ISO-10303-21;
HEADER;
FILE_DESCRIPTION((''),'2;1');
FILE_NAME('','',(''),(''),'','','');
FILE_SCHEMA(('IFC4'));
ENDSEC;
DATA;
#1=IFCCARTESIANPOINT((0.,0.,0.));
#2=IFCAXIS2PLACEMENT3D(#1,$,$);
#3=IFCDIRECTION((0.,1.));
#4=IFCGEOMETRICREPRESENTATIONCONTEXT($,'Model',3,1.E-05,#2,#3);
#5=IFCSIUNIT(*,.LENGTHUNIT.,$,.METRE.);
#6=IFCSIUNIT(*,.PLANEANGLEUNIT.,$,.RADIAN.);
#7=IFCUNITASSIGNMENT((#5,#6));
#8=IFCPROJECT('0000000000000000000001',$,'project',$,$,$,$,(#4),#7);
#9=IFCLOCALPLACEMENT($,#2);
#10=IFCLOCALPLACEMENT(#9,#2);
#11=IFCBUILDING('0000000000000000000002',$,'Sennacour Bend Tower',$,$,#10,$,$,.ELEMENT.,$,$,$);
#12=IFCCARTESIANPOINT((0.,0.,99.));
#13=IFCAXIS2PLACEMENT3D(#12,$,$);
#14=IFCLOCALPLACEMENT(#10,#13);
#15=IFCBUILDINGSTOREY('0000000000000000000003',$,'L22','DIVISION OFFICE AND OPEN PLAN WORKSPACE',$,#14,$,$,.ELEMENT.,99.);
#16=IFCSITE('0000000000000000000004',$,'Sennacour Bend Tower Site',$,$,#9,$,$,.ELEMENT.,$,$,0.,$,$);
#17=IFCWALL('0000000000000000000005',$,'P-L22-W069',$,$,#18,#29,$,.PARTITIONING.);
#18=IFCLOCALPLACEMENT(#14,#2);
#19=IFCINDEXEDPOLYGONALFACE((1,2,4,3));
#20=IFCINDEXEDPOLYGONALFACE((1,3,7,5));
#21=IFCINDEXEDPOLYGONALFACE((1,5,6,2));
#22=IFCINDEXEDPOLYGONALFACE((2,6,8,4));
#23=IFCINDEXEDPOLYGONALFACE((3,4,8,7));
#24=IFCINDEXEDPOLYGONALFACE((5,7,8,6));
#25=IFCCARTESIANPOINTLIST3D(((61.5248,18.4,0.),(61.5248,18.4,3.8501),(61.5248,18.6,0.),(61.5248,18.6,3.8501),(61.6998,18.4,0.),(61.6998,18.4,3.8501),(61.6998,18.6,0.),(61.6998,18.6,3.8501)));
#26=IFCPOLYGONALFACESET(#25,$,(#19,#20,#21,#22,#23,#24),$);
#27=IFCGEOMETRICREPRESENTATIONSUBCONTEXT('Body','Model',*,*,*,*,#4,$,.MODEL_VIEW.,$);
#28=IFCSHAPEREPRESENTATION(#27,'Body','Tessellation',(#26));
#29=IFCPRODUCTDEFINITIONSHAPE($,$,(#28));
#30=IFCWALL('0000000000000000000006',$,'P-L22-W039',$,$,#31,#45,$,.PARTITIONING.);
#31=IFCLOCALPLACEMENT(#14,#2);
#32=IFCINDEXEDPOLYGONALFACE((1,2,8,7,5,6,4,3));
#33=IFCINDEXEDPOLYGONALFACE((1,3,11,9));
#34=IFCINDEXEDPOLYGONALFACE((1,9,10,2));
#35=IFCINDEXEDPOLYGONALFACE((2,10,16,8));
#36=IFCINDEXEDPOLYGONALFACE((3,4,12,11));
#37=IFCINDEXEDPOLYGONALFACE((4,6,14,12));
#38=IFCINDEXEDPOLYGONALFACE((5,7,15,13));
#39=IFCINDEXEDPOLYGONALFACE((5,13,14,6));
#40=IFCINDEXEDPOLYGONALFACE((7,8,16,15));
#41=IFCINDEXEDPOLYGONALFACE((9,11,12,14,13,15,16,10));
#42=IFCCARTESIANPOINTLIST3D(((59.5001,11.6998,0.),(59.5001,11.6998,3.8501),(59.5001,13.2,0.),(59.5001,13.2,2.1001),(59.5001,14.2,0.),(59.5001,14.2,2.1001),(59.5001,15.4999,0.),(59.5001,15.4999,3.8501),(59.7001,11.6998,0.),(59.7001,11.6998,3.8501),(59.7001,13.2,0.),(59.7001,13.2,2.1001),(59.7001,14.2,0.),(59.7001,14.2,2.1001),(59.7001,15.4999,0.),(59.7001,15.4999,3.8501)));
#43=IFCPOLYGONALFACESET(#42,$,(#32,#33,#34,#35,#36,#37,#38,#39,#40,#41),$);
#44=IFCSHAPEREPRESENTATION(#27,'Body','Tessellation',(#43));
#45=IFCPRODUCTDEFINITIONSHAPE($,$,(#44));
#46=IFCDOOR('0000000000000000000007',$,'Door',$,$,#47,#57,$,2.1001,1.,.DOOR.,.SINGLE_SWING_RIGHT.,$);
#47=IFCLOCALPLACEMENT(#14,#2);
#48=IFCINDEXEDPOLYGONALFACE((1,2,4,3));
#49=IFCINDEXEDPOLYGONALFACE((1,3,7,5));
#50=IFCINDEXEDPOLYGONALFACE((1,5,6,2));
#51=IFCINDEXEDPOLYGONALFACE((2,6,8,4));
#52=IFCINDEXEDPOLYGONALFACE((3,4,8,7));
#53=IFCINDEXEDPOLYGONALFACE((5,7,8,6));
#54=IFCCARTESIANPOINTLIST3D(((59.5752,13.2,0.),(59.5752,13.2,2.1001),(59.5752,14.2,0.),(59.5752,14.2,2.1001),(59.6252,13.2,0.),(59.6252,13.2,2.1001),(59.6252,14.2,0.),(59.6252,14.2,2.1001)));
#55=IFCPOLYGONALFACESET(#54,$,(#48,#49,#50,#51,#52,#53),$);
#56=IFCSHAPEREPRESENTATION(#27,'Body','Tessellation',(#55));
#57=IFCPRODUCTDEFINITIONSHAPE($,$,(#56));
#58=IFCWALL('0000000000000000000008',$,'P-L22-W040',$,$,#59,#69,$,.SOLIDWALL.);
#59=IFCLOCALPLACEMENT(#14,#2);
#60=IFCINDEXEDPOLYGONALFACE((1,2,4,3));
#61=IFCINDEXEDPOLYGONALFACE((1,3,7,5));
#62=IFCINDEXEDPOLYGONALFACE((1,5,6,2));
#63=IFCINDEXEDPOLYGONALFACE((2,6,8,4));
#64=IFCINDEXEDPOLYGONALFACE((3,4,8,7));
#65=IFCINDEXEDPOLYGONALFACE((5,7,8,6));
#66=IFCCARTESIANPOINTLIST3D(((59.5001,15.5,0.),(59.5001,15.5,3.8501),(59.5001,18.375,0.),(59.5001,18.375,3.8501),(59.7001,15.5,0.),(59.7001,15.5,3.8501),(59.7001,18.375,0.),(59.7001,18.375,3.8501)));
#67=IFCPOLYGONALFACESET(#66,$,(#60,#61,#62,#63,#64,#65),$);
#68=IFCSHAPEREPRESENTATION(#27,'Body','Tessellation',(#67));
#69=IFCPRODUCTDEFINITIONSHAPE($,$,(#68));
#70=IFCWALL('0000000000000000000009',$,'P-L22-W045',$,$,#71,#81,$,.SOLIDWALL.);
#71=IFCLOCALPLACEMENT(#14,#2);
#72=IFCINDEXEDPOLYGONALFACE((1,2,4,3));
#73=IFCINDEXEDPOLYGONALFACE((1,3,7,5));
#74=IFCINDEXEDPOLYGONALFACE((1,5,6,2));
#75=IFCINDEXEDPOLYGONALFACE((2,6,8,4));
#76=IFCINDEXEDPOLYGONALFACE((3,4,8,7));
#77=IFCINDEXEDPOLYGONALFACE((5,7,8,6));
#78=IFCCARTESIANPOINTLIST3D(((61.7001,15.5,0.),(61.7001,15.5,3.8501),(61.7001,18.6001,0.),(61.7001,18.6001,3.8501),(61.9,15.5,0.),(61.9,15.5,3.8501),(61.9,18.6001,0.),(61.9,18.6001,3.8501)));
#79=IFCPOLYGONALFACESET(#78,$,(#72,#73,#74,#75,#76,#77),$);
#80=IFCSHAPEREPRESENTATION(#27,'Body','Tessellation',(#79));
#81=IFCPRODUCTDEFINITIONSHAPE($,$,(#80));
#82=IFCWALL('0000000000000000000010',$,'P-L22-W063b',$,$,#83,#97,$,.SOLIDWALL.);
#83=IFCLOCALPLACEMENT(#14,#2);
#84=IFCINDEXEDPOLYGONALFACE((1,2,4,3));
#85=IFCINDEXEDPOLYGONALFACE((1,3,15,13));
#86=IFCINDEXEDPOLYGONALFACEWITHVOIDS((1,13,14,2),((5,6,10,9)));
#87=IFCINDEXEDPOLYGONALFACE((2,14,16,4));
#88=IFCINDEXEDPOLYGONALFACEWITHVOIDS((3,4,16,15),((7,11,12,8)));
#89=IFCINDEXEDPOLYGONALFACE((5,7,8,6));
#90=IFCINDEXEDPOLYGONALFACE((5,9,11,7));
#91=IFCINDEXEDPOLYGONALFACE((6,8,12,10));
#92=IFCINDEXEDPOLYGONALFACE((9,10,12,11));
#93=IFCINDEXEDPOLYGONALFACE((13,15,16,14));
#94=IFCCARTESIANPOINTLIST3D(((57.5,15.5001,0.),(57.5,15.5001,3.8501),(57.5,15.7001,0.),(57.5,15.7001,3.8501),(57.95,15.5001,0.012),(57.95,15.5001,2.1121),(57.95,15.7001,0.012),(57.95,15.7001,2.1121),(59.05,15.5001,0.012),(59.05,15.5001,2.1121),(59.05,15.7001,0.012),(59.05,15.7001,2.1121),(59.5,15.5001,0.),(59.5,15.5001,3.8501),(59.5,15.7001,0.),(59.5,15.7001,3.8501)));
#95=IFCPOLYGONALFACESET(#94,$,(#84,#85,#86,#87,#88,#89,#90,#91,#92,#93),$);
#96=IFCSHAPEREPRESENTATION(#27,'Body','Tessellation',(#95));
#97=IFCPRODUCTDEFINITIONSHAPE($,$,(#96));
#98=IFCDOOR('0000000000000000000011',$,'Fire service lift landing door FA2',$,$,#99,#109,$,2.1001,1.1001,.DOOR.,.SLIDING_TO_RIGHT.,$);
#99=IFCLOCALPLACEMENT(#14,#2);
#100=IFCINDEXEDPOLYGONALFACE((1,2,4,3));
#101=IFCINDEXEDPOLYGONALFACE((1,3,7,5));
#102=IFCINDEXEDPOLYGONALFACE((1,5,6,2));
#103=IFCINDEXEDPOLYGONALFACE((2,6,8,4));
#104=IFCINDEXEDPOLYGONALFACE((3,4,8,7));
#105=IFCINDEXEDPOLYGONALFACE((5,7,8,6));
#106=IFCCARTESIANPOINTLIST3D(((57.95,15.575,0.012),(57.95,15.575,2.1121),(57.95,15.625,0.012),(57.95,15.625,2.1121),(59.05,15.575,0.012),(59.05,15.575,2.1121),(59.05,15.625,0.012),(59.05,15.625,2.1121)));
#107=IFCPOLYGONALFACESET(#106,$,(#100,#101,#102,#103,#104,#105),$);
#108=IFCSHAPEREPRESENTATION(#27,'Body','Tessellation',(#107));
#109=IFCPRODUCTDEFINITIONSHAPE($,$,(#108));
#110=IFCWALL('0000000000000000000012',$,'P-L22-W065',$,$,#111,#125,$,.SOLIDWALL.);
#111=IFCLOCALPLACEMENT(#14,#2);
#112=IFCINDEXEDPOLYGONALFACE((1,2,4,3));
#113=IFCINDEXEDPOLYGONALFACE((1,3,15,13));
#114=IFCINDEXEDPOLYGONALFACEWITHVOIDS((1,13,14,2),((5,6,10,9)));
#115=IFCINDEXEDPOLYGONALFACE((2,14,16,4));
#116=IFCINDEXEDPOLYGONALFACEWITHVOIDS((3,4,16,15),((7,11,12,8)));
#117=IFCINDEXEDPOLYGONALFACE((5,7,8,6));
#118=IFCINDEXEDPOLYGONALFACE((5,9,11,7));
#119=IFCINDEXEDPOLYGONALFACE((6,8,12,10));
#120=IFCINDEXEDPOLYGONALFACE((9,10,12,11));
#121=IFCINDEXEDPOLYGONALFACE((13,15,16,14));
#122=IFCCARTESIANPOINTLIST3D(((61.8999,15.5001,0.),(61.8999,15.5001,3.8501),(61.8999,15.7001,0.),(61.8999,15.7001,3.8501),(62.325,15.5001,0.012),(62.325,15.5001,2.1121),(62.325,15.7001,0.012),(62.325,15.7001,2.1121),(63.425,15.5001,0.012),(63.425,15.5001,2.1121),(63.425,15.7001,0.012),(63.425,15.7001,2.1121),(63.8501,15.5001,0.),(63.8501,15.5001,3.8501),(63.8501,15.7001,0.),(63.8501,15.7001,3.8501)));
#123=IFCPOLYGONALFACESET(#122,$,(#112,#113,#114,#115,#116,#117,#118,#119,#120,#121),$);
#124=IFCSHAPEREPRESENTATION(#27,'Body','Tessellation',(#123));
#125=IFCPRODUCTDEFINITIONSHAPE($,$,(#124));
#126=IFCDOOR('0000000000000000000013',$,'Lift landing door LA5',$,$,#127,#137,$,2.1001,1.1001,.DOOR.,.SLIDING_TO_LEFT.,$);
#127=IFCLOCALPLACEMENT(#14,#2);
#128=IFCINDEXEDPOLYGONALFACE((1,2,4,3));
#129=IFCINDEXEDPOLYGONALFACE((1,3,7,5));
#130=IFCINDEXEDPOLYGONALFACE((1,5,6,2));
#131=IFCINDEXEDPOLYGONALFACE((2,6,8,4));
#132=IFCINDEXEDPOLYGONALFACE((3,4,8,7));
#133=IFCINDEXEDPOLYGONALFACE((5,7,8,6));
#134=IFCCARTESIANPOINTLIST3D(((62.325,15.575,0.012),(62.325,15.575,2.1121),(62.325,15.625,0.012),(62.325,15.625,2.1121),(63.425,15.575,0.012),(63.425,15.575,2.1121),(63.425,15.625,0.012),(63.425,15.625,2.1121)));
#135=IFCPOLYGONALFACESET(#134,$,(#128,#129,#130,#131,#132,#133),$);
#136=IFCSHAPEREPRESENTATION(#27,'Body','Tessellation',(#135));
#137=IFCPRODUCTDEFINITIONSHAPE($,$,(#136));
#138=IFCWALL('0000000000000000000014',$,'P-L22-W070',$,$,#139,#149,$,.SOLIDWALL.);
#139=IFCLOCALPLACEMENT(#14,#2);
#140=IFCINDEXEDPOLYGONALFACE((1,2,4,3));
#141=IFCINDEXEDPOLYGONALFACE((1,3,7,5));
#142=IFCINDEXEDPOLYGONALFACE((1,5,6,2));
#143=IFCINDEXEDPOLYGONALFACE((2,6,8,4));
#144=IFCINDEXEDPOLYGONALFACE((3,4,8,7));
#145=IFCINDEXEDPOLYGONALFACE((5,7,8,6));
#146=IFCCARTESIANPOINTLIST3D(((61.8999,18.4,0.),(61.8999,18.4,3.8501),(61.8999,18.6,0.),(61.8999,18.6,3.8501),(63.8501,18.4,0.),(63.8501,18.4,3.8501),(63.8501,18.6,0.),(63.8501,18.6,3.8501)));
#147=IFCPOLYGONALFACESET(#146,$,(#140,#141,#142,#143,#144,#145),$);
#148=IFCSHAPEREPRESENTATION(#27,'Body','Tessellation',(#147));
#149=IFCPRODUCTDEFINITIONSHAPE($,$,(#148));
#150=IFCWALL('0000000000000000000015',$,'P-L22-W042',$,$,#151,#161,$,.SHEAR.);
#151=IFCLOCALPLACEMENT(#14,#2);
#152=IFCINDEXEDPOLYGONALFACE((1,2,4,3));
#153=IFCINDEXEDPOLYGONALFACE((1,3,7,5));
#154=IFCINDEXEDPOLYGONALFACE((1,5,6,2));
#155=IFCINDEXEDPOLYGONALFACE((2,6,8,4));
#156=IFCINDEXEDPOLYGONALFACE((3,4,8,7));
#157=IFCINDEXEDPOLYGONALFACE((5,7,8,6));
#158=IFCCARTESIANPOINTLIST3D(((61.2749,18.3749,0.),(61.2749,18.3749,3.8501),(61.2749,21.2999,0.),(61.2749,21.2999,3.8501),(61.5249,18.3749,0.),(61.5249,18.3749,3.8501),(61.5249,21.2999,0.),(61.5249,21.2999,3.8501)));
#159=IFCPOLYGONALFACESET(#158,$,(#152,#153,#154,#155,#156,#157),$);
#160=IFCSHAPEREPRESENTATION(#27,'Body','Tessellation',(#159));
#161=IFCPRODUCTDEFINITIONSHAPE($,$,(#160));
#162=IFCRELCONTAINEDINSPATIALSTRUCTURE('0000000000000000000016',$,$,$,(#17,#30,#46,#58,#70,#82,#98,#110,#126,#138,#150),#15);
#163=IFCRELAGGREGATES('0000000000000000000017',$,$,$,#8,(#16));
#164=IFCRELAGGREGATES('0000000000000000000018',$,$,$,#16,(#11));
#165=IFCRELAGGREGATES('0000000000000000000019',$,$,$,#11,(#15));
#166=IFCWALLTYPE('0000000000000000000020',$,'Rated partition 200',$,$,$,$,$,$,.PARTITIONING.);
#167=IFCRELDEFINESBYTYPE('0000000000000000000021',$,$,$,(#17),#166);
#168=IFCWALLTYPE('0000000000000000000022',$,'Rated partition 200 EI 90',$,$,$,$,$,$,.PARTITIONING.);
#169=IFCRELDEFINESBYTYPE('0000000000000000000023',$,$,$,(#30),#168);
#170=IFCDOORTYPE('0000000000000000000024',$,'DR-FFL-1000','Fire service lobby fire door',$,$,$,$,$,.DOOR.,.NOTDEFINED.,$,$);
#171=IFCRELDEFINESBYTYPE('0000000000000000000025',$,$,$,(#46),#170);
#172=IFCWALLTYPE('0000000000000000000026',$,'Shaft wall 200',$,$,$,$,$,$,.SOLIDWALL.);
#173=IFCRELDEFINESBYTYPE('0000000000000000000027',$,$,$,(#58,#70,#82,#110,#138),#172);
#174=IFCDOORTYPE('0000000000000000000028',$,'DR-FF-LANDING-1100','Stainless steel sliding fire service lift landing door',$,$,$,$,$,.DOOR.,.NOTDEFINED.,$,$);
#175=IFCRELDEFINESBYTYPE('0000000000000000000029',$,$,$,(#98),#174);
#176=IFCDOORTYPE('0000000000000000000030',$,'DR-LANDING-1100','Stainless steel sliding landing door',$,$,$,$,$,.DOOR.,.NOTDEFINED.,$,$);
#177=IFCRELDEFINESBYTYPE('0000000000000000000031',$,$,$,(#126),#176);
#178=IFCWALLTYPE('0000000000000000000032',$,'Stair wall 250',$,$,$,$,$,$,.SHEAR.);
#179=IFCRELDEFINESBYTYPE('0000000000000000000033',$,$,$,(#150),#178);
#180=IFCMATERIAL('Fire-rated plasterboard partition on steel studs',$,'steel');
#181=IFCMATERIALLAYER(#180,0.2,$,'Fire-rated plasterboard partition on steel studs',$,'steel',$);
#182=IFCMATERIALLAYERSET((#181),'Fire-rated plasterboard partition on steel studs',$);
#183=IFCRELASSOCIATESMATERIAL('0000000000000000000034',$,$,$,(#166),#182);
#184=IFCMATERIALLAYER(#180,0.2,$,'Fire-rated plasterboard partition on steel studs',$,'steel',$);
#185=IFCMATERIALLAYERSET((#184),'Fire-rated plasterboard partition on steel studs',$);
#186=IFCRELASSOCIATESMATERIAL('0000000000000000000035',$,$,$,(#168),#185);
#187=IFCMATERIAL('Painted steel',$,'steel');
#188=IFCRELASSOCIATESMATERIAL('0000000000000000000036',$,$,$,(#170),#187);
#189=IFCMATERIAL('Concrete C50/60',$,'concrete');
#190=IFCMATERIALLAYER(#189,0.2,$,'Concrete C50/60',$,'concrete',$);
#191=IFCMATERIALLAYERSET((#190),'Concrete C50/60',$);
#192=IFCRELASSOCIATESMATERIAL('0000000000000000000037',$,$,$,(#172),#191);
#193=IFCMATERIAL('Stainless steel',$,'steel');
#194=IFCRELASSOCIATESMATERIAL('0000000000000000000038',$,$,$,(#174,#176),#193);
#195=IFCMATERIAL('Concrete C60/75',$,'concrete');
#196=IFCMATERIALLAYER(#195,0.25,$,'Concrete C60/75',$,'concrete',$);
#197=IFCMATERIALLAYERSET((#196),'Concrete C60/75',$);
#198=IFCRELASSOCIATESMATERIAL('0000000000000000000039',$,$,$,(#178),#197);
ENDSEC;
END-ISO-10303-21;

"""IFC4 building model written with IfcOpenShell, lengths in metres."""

from ifc_helpers import new_model, si_unit, direction, frame, frame_2d, origin, place, context, subcontext, project, spatial, rectangle, extrude, material, layer, layer_set, type_object, element, fill, save


model = new_model("IFC4")

# Units and contexts
model_context = context("Model", 3, precision=1e-05, world=origin(), true_north=direction((0.0, 1.0)))
body_context = subcontext(model_context, "Body", "Model", "MODEL_VIEW")
ifc_project = project(units=[si_unit("LENGTHUNIT", "METRE"), si_unit("PLANEANGLEUNIT", "RADIAN")], contexts=[model_context])

# Site, building, storey
site_placement = place(None, origin())
site = spatial("IfcSite", under=ifc_project, at=site_placement, Name="Sennacour Bend Tower Site", CompositionType="ELEMENT", RefElevation=0.0)
building_placement = place(site_placement, origin())
building = spatial("IfcBuilding", under=site, at=building_placement, Name="Sennacour Bend Tower", CompositionType="ELEMENT")
storey_placement = place(building_placement, frame((0.0, 0.0, 99.0)))
storey = spatial("IfcBuildingStorey", under=building, at=storey_placement, Name="L22", Description="DIVISION OFFICE AND OPEN PLAN WORKSPACE", CompositionType="ELEMENT", Elevation=99.0)

# Shared definitions
ifc_material_1 = material(Name="Fire-rated plasterboard partition on steel studs", Category="steel")
ifc_layer_1 = layer(ifc_material_1, 0.2, Name="Fire-rated plasterboard partition on steel studs", Category="steel")
ifc_layer_set_1 = layer_set([ifc_layer_1], Name="Fire-rated plasterboard partition on steel studs")
wall_type_1 = type_object("IfcWallType", Name="Rated partition 200", PredefinedType="PARTITIONING", material=ifc_layer_set_1)
ifc_material_2 = material(Name="Painted steel", Category="steel")

# Wall
wall_1_placement = place(storey_placement, frame((61.5249, 18.5, 0.0), z_axis=(0.0, 0.0, 1.0), x_axis=(1.0, 0.0, 0.0)))
element("IfcWall", 1, at=wall_1_placement, inside=storey, type_object=wall_type_1, Name="P-L22-W069", PredefinedType="PARTITIONING", context=body_context, shape_type="SweptSolid", body=[
    extrude(rectangle(XDim=0.175, YDim=0.2, at=frame_2d((0.0874, 0.0))), origin(), (0.0, 0.0, 1.0), 3.8501),
])

# Wall, opening, door
ifc_layer_2 = layer(ifc_material_1, 0.2, Name="Fire-rated plasterboard partition on steel studs", Category="steel")
ifc_layer_set_2 = layer_set([ifc_layer_2], Name="Fire-rated plasterboard partition on steel studs")
wall_type_2 = type_object("IfcWallType", Name="Rated partition 200 EI 90", PredefinedType="PARTITIONING", material=ifc_layer_set_2)
wall_2_placement = place(storey_placement, frame((59.6001, 11.7, 0.0), z_axis=(0.0, 0.0, 1.0), x_axis=(0.0, 1.0, 0.0)))
wall_2 = element("IfcWall", 2, at=wall_2_placement, inside=storey, type_object=wall_type_2, Name="P-L22-W039", PredefinedType="PARTITIONING", context=body_context, shape_type="SweptSolid", body=[
    extrude(rectangle(XDim=3.8, YDim=0.2, at=frame_2d((1.8999, 0.0))), origin(), (0.0, 0.0, 1.0), 3.8501),
])
opening_1_placement = place(wall_2_placement, frame((1.5, 0.0, 0.0)))
opening_1 = element("IfcOpeningElement", 3, at=opening_1_placement, cuts=wall_2, PredefinedType="OPENING", context=body_context, shape_type="SweptSolid", body=[
    extrude(rectangle(XDim=1.0, YDim=2.1001, at=frame_2d((0.5, 1.05))), frame((0.0, 0.1099, 0.0), z_axis=(0.0, -1.0, 0.0), x_axis=(1.0, 0.0, 0.0)), (0.0, 0.0, 1.0), 0.22),
])
door_type_1 = type_object("IfcDoorType", Name="DR-FFL-1000", Description="Fire service lobby fire door", OperationType="NOTDEFINED", PredefinedType="DOOR", material=ifc_material_2)
door_1_placement = place(opening_1_placement, origin())
door_1 = element("IfcDoor", 4, at=door_1_placement, inside=storey, type_object=door_type_1, Name="Door", OperationType="SINGLE_SWING_RIGHT", OverallHeight=2.1001, OverallWidth=1.0, PredefinedType="DOOR", context=body_context, shape_type="SweptSolid", body=[
    extrude(rectangle(XDim=1.0, YDim=2.1001, at=frame_2d((0.5, 1.05))), frame((0.0, 0.0249, 0.0), z_axis=(0.0, -1.0, 0.0), x_axis=(1.0, 0.0, 0.0)), (0.0, 0.0, 1.0), 0.05),
])
fill(opening_1, door_1)

# Walls
ifc_material_3 = material(Name="Concrete C50/60", Category="concrete")
ifc_layer_3 = layer(ifc_material_3, 0.2, Name="Concrete C50/60", Category="concrete")
ifc_layer_set_3 = layer_set([ifc_layer_3], Name="Concrete C50/60")
wall_type_3 = type_object("IfcWallType", Name="Shaft wall 200", PredefinedType="SOLIDWALL", material=ifc_layer_set_3)
wall_3_placement = place(storey_placement, frame((59.6001, 15.5, 0.0), z_axis=(0.0, 0.0, 1.0), x_axis=(0.0, 1.0, 0.0)))
element("IfcWall", 5, at=wall_3_placement, inside=storey, type_object=wall_type_3, Name="P-L22-W040", PredefinedType="SOLIDWALL", context=body_context, shape_type="SweptSolid", body=[
    extrude(rectangle(XDim=2.875, YDim=0.2, at=frame_2d((1.4375, 0.0))), origin(), (0.0, 0.0, 1.0), 3.8501),
])
wall_4_placement = place(storey_placement, frame((61.8, 15.5, 0.0), z_axis=(0.0, 0.0, 1.0), x_axis=(0.0, 1.0, 0.0)))
element("IfcWall", 6, at=wall_4_placement, inside=storey, type_object=wall_type_3, Name="P-L22-W045", PredefinedType="SOLIDWALL", context=body_context, shape_type="SweptSolid", body=[
    extrude(rectangle(XDim=3.1001, YDim=0.2, at=frame_2d((1.55, 0.0))), origin(), (0.0, 0.0, 1.0), 3.8501),
])

# Walls, openings, doors
wall_5_placement = place(storey_placement, frame((57.5, 15.6001, 0.0), z_axis=(0.0, 0.0, 1.0), x_axis=(1.0, 0.0, 0.0)))
wall_5 = element("IfcWall", 7, at=wall_5_placement, inside=storey, type_object=wall_type_3, Name="P-L22-W063b", PredefinedType="SOLIDWALL", context=body_context, shape_type="SweptSolid", body=[
    extrude(rectangle(XDim=2.0, YDim=0.2, at=frame_2d((1.0, 0.0))), origin(), (0.0, 0.0, 1.0), 3.8501),
])
opening_2_placement = place(wall_5_placement, frame((0.45, 0.0, 0.012)))
opening_2 = element("IfcOpeningElement", 8, at=opening_2_placement, cuts=wall_5, PredefinedType="OPENING", context=body_context, shape_type="SweptSolid", body=[
    extrude(rectangle(XDim=1.1001, YDim=2.1001, at=frame_2d((0.55, 1.05))), frame((0.0, 0.1099, 0.0), z_axis=(0.0, -1.0, 0.0), x_axis=(1.0, 0.0, 0.0)), (0.0, 0.0, 1.0), 0.22),
])
ifc_material_4 = material(Name="Stainless steel", Category="steel")
door_type_2 = type_object("IfcDoorType", Name="DR-FF-LANDING-1100", Description="Stainless steel sliding fire service lift landing door", OperationType="NOTDEFINED", PredefinedType="DOOR", material=ifc_material_4)
door_2_placement = place(opening_2_placement, origin())
door_2 = element("IfcDoor", 9, at=door_2_placement, inside=storey, type_object=door_type_2, Name="Fire service lift landing door FA2", OperationType="SLIDING_TO_RIGHT", OverallHeight=2.1001, OverallWidth=1.1001, PredefinedType="DOOR", context=body_context, shape_type="SweptSolid", body=[
    extrude(rectangle(XDim=1.1001, YDim=2.1001, at=frame_2d((0.55, 1.05))), frame((0.0, 0.0249, 0.0), z_axis=(0.0, -1.0, 0.0), x_axis=(1.0, 0.0, 0.0)), (0.0, 0.0, 1.0), 0.05),
])
fill(opening_2, door_2)
wall_6_placement = place(storey_placement, frame((61.8999, 15.6001, 0.0), z_axis=(0.0, 0.0, 1.0), x_axis=(1.0, 0.0, 0.0)))
wall_6 = element("IfcWall", 10, at=wall_6_placement, inside=storey, type_object=wall_type_3, Name="P-L22-W065", PredefinedType="SOLIDWALL", context=body_context, shape_type="SweptSolid", body=[
    extrude(rectangle(XDim=1.9502, YDim=0.2, at=frame_2d((0.9751, 0.0))), origin(), (0.0, 0.0, 1.0), 3.8501),
])
opening_3_placement = place(wall_6_placement, frame((0.425, 0.0, 0.012)))
opening_3 = element("IfcOpeningElement", 11, at=opening_3_placement, cuts=wall_6, PredefinedType="OPENING", context=body_context, shape_type="SweptSolid", body=[
    extrude(rectangle(XDim=1.1001, YDim=2.1001, at=frame_2d((0.55, 1.05))), frame((0.0, 0.1099, 0.0), z_axis=(0.0, -1.0, 0.0), x_axis=(1.0, 0.0, 0.0)), (0.0, 0.0, 1.0), 0.22),
])
door_type_3 = type_object("IfcDoorType", Name="DR-LANDING-1100", Description="Stainless steel sliding landing door", OperationType="NOTDEFINED", PredefinedType="DOOR", material=ifc_material_4)
door_3_placement = place(opening_3_placement, origin())
door_3 = element("IfcDoor", 12, at=door_3_placement, inside=storey, type_object=door_type_3, Name="Lift landing door LA5", OperationType="SLIDING_TO_LEFT", OverallHeight=2.1001, OverallWidth=1.1001, PredefinedType="DOOR", context=body_context, shape_type="SweptSolid", body=[
    extrude(rectangle(XDim=1.1001, YDim=2.1001, at=frame_2d((0.55, 1.05))), frame((0.0, 0.0249, 0.0), z_axis=(0.0, -1.0, 0.0), x_axis=(1.0, 0.0, 0.0)), (0.0, 0.0, 1.0), 0.05),
])
fill(opening_3, door_3)

# Walls
wall_7_placement = place(storey_placement, frame((61.8999, 18.5, 0.0), z_axis=(0.0, 0.0, 1.0), x_axis=(1.0, 0.0, 0.0)))
element("IfcWall", 13, at=wall_7_placement, inside=storey, type_object=wall_type_3, Name="P-L22-W070", PredefinedType="SOLIDWALL", context=body_context, shape_type="SweptSolid", body=[
    extrude(rectangle(XDim=1.9502, YDim=0.2, at=frame_2d((0.9751, 0.0))), origin(), (0.0, 0.0, 1.0), 3.8501),
])
ifc_material_5 = material(Name="Concrete C60/75", Category="concrete")
ifc_layer_4 = layer(ifc_material_5, 0.25, Name="Concrete C60/75", Category="concrete")
ifc_layer_set_4 = layer_set([ifc_layer_4], Name="Concrete C60/75")
wall_type_4 = type_object("IfcWallType", Name="Stair wall 250", PredefinedType="SHEAR", material=ifc_layer_set_4)
wall_8_placement = place(storey_placement, frame((61.3999, 18.375, 0.0), z_axis=(0.0, 0.0, 1.0), x_axis=(0.0, 1.0, 0.0)))
element("IfcWall", 14, at=wall_8_placement, inside=storey, type_object=wall_type_4, Name="P-L22-W042", PredefinedType="SHEAR", context=body_context, shape_type="SweptSolid", body=[
    extrude(rectangle(XDim=2.925, YDim=0.25, at=frame_2d((1.4624, 0.0))), origin(), (0.0, 0.0, 1.0), 3.8501),
])

save(model, "model.ifc")
